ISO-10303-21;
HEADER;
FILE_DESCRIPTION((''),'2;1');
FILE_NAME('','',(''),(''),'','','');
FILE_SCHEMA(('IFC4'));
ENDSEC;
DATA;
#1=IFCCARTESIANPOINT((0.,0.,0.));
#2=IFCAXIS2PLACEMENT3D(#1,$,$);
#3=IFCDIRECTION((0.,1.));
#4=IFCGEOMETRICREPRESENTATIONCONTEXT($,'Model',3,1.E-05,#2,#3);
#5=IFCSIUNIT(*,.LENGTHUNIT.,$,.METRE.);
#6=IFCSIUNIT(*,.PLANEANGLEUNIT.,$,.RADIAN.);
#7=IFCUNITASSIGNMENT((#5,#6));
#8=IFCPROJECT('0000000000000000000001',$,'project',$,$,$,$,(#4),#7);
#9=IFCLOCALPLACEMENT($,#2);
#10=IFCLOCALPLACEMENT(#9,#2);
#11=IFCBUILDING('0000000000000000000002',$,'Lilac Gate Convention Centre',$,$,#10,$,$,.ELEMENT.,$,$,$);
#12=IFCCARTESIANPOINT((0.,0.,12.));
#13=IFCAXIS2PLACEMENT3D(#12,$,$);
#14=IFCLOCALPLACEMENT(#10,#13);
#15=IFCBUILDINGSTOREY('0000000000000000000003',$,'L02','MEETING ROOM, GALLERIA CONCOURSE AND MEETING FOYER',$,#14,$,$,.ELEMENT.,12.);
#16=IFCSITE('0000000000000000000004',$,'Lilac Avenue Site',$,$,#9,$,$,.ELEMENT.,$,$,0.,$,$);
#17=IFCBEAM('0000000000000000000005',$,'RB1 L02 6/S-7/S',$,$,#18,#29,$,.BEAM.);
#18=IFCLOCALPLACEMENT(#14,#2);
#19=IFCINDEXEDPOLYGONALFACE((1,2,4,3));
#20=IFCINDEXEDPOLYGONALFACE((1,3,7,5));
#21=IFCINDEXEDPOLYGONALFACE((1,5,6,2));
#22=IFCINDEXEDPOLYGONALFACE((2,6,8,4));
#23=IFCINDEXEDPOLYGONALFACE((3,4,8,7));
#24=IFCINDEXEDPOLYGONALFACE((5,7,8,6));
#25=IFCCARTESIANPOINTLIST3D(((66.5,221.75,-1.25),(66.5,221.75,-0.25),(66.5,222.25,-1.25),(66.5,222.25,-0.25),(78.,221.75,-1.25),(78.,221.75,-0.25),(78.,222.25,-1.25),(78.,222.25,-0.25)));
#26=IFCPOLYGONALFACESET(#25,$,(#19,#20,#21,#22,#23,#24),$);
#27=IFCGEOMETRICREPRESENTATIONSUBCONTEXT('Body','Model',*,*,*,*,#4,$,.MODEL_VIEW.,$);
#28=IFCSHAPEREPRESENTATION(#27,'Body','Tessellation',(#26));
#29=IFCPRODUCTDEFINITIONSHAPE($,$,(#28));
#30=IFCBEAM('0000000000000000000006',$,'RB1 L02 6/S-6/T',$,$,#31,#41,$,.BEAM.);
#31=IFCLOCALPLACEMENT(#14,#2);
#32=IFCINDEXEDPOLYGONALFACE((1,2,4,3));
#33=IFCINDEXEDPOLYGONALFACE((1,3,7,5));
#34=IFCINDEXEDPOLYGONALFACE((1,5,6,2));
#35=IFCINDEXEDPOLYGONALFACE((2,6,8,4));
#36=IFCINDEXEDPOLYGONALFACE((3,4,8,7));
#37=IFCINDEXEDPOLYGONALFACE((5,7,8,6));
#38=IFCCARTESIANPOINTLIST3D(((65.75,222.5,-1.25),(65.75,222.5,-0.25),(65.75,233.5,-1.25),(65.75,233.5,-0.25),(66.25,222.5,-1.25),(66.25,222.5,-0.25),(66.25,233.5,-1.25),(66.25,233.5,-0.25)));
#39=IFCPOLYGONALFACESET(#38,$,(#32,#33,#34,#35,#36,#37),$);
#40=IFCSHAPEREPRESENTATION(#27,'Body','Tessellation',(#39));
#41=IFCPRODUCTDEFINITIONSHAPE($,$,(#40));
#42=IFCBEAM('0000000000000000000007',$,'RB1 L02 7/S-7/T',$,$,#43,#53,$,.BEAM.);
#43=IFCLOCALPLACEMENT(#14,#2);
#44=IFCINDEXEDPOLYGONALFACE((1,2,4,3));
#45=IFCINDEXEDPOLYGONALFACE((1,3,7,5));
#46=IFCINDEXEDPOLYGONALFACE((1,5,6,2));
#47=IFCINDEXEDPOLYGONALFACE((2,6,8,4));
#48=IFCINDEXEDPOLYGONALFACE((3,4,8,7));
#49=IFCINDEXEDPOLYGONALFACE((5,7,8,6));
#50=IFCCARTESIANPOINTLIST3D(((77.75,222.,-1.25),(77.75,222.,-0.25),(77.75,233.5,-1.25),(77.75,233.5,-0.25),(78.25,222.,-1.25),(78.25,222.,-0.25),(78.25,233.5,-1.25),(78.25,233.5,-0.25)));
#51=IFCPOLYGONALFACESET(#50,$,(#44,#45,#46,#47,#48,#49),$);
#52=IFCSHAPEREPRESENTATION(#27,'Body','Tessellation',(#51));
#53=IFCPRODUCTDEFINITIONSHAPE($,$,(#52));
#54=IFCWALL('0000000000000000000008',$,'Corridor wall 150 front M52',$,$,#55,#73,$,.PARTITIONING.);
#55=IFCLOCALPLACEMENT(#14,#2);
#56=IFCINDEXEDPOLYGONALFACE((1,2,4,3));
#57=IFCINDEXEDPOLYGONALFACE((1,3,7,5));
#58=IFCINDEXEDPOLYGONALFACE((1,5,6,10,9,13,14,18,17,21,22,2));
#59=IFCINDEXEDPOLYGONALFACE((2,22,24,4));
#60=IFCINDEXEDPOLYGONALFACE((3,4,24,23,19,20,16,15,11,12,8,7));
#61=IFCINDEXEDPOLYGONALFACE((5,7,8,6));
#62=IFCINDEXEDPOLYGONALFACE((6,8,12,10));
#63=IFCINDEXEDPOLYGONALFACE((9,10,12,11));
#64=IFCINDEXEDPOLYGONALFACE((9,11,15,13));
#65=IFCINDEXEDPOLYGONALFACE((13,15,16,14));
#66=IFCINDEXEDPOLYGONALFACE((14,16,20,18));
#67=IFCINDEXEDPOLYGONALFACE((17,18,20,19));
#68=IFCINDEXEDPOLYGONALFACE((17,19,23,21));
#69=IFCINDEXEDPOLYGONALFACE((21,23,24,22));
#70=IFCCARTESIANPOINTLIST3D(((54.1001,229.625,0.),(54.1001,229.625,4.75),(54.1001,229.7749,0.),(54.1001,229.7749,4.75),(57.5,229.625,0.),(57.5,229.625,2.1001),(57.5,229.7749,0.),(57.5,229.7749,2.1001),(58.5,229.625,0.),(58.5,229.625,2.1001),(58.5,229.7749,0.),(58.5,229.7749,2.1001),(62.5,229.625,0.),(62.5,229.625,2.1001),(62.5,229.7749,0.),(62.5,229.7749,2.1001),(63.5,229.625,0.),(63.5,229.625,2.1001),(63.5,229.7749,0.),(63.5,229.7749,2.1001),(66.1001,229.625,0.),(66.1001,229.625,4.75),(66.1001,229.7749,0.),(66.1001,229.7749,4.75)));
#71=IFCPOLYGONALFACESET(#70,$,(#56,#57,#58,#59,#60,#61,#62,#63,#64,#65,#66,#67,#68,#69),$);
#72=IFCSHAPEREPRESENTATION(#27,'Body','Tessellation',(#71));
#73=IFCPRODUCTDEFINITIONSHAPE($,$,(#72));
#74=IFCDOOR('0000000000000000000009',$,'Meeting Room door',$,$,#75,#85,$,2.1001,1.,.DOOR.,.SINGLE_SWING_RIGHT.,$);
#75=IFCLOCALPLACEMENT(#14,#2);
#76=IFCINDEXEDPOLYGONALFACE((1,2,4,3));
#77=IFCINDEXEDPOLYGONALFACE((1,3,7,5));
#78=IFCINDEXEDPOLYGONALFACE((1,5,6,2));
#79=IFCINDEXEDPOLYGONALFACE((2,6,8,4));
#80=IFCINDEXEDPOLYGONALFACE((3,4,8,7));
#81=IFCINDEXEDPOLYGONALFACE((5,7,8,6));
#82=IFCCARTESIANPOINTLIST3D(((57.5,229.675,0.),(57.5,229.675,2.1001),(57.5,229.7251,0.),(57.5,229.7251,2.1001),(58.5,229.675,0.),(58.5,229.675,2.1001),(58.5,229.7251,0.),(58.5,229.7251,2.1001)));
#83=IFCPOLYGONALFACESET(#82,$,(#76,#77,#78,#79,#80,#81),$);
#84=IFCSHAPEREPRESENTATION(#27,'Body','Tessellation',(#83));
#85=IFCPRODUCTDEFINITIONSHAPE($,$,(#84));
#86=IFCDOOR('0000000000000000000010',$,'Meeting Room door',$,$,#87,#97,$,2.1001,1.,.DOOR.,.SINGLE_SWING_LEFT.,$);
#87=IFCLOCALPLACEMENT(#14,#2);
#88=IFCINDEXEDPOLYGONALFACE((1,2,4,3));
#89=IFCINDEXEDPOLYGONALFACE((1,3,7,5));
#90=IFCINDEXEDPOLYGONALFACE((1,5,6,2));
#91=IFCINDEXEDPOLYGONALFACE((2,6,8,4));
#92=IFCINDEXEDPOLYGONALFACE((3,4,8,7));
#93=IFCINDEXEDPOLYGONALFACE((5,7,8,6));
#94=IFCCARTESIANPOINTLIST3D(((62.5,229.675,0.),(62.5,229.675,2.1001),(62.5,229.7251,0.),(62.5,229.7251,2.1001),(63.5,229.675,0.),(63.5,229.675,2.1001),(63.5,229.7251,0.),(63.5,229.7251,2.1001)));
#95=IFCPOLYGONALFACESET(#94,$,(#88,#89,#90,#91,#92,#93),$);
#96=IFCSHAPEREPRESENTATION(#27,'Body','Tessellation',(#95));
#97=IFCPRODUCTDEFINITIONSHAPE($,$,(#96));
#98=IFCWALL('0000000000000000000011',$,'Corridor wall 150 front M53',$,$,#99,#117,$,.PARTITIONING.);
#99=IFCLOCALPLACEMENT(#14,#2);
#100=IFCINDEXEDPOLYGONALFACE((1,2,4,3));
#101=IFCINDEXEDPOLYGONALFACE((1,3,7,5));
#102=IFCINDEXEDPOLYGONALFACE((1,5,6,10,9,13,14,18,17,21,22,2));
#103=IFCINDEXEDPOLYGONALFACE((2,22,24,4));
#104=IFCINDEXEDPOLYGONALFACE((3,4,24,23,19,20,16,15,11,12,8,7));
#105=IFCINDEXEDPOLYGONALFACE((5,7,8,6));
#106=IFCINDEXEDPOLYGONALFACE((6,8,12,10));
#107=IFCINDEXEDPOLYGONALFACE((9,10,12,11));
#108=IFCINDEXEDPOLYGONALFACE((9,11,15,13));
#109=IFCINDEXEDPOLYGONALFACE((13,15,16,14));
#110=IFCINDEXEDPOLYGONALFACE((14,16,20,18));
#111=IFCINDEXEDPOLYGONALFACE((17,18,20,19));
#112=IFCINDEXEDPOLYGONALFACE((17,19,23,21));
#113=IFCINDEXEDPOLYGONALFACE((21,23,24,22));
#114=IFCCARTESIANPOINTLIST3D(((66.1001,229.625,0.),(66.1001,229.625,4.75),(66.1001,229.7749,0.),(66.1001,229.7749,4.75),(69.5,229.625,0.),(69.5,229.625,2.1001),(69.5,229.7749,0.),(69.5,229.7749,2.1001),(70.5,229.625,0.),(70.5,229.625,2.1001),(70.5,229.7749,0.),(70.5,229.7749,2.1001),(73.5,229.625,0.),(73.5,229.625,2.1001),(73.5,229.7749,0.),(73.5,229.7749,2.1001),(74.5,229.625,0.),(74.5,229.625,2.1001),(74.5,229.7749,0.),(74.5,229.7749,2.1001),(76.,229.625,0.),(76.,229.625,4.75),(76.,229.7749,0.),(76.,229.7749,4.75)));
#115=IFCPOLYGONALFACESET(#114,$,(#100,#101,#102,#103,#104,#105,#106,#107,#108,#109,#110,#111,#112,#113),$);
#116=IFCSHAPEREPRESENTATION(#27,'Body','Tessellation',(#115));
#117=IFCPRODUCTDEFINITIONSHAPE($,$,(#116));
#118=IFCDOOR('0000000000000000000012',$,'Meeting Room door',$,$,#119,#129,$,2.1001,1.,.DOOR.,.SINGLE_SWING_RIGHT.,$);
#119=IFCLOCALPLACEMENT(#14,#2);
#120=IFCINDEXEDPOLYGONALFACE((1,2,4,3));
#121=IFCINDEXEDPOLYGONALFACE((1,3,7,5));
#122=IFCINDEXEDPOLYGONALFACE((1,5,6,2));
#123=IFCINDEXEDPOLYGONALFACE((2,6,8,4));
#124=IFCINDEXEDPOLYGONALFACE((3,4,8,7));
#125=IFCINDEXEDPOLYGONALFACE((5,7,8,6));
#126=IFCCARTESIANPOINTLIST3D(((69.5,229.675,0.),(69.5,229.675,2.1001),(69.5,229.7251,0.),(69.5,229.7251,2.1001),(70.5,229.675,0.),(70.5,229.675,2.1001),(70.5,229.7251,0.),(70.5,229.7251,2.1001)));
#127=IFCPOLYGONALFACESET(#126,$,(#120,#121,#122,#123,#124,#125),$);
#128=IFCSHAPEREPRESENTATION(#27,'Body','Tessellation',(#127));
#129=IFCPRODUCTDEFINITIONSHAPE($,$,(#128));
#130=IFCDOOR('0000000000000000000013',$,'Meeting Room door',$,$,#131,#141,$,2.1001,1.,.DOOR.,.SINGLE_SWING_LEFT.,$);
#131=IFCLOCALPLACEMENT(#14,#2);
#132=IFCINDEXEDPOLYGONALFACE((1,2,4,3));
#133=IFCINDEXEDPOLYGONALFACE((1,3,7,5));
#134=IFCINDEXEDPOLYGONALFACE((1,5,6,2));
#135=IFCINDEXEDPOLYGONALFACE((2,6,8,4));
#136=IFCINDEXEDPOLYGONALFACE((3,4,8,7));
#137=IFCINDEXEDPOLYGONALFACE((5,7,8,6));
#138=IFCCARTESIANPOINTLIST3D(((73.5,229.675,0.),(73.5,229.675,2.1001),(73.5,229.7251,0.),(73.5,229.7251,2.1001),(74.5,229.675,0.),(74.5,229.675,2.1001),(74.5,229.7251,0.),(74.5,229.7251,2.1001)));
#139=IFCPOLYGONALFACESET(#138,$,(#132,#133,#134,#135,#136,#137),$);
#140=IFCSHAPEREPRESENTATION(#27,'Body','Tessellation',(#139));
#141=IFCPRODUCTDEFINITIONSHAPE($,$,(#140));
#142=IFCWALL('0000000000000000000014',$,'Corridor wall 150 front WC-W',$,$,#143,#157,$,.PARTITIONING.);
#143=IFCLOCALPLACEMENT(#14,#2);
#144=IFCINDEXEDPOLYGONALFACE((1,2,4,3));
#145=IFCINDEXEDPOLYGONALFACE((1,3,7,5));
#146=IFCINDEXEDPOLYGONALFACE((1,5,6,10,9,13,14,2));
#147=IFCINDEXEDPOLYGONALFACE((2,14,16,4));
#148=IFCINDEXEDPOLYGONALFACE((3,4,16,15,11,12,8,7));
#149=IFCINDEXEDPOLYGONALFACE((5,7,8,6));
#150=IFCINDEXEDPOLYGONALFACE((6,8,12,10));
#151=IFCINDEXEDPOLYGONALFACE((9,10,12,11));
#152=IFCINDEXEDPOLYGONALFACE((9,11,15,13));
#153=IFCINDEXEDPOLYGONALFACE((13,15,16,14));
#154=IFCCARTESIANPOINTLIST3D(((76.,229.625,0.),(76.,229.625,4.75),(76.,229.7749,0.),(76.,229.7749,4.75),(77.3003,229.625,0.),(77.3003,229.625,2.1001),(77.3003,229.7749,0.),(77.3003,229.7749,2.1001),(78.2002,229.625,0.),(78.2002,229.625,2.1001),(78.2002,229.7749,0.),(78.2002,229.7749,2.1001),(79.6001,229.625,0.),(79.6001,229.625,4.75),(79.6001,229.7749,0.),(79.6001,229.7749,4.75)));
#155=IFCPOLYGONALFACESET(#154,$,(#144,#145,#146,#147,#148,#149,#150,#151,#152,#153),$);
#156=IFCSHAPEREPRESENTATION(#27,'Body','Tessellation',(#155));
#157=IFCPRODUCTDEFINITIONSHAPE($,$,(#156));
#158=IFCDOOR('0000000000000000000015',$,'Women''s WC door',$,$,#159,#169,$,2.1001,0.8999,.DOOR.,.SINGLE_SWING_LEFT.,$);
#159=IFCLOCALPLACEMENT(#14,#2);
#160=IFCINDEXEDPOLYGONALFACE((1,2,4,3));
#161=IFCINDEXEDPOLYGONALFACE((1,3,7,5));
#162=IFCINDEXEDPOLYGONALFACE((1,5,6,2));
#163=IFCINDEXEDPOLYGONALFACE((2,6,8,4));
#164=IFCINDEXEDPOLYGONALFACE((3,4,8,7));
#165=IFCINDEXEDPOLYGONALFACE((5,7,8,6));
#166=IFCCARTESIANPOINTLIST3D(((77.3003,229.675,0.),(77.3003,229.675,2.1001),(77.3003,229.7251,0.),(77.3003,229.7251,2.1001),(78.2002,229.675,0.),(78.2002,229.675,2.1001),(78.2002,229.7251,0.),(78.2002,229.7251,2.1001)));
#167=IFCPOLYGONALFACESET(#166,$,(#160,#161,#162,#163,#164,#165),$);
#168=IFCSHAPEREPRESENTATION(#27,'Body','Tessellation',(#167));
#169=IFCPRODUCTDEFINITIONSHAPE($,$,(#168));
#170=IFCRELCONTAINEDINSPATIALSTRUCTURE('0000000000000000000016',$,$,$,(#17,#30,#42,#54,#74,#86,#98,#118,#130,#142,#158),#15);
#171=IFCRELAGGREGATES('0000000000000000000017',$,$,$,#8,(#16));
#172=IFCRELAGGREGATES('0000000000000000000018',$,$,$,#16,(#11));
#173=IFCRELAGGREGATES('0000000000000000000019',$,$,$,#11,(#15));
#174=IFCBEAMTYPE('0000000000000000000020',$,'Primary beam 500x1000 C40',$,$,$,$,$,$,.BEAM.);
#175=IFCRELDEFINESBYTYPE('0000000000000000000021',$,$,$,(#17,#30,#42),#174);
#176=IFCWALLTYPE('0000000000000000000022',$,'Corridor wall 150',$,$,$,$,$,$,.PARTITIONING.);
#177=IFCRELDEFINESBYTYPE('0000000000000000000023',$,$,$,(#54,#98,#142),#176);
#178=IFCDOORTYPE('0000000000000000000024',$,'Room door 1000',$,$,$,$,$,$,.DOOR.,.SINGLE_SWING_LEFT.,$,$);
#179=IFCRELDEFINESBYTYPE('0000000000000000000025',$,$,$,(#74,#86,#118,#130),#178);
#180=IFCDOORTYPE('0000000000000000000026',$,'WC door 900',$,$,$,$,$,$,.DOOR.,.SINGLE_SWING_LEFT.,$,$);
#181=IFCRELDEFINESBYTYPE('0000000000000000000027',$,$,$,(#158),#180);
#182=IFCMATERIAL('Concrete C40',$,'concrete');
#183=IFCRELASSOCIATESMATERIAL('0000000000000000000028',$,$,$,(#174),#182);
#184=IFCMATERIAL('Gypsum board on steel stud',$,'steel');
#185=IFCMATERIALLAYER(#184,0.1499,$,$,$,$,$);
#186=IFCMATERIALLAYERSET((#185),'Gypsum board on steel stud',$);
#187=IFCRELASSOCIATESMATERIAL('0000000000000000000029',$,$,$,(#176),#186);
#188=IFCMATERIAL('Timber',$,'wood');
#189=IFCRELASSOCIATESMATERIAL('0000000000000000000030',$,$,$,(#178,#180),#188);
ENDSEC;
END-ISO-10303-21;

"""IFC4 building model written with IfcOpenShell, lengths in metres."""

from ifc_helpers import new_model, si_unit, direction, frame, frame_2d, origin, origin_2d, place, context, subcontext, project, spatial, rectangle, extrude, material, layer, layer_set, material_profile, profile_set, type_object, element, fill, save


model = new_model("IFC4")

# Units and contexts
model_context = context("Model", 3, precision=1e-05, world=origin(), true_north=direction((0.0, 1.0)))
body_context = subcontext(model_context, "Body", "Model", "MODEL_VIEW")
ifc_project = project(units=[si_unit("LENGTHUNIT", "METRE"), si_unit("PLANEANGLEUNIT", "RADIAN")], contexts=[model_context])

# Site, building, storey
site_placement = place(None, origin())
site = spatial("IfcSite", under=ifc_project, at=site_placement, Name="Lilac Avenue Site", CompositionType="ELEMENT", RefElevation=0.0)
building_placement = place(site_placement, origin())
building = spatial("IfcBuilding", under=site, at=building_placement, Name="Lilac Gate Convention Centre", CompositionType="ELEMENT")
storey_placement = place(building_placement, frame((0.0, 0.0, 12.0)))
storey = spatial("IfcBuildingStorey", under=building, at=storey_placement, Name="L02", Description="MEETING ROOM, GALLERIA CONCOURSE AND MEETING FOYER", CompositionType="ELEMENT", Elevation=12.0)

# Beams
ifc_material_1 = material(Name="Concrete C40", Category="concrete")
ifc_material_profile = material_profile(ifc_material_1, rectangle(XDim=0.5, YDim=1.0, at=origin_2d()), Name="RC 500x1000")
ifc_profile_set = profile_set([ifc_material_profile], Name="Concrete C40")
beam_type = type_object("IfcBeamType", Name="Primary beam 500x1000 C40", PredefinedType="BEAM", material=ifc_profile_set)
beam_1_placement = place(storey_placement, frame((66.5, 222.0, -0.75), z_axis=(1.0, 0.0, 0.0), x_axis=(0.0, 1.0, 0.0)))
element("IfcBeam", 1, at=beam_1_placement, inside=storey, type_object=beam_type, Name="RB1 L02 6/S-7/S", PredefinedType="BEAM", context=body_context, shape_type="SweptSolid", body=[
    extrude(rectangle(XDim=0.5, YDim=1.0, at=origin_2d()), origin(), (0.0, 0.0, 1.0), 11.5),
])
beam_2_placement = place(storey_placement, frame((66.0, 222.5, -0.75), z_axis=(0.0, 1.0, 0.0), x_axis=(-1.0, 0.0, 0.0)))
element("IfcBeam", 2, at=beam_2_placement, inside=storey, type_object=beam_type, Name="RB1 L02 6/S-6/T", PredefinedType="BEAM", context=body_context, shape_type="SweptSolid", body=[
    extrude(rectangle(XDim=0.5, YDim=1.0, at=origin_2d()), origin(), (0.0, 0.0, 1.0), 11.0),
])
beam_3_placement = place(storey_placement, frame((78.0, 222.0, -0.75), z_axis=(0.0, 1.0, 0.0), x_axis=(-1.0, 0.0, 0.0)))
element("IfcBeam", 3, at=beam_3_placement, inside=storey, type_object=beam_type, Name="RB1 L02 7/S-7/T", PredefinedType="BEAM", context=body_context, shape_type="SweptSolid", body=[
    extrude(rectangle(XDim=0.5, YDim=1.0, at=origin_2d()), origin(), (0.0, 0.0, 1.0), 11.5),
])

# Walls, openings, doors
ifc_material_2 = material(Name="Gypsum board on steel stud", Category="steel")
ifc_layer_1 = layer(ifc_material_2, 0.1499)
ifc_layer_set_1 = layer_set([ifc_layer_1], Name="Gypsum board on steel stud")
wall_type_1 = type_object("IfcWallType", Name="Corridor wall 150", PredefinedType="PARTITIONING", material=ifc_layer_set_1)
wall_1_placement = place(storey_placement, frame((66.1001, 229.7, 0.0), z_axis=(0.0, 0.0, 1.0), x_axis=(-1.0, 0.0, 0.0)))
wall_1 = element("IfcWall", 4, at=wall_1_placement, inside=storey, type_object=wall_type_1, Name="Corridor wall 150 front M52", PredefinedType="PARTITIONING", context=body_context, shape_type="SweptSolid", body=[
    extrude(rectangle(XDim=12.0, YDim=0.1499, at=frame_2d((6.0, 0.0))), origin(), (0.0, 0.0, 1.0), 4.75),
])
opening_1_placement = place(wall_1_placement, frame((7.6001, 0.0, 0.0)))
opening_1 = element("IfcOpeningElement", 5, at=opening_1_placement, cuts=wall_1, PredefinedType="OPENING", context=body_context, shape_type="SweptSolid", body=[
    extrude(rectangle(XDim=1.0, YDim=2.1001, at=frame_2d((0.5, 1.05))), frame((0.0, 0.085, 0.0), z_axis=(0.0, -1.0, 0.0), x_axis=(1.0, 0.0, 0.0)), (0.0, 0.0, 1.0), 0.1699),
])
opening_2_placement = place(wall_1_placement, frame((2.6001, 0.0, 0.0)))
opening_2 = element("IfcOpeningElement", 6, at=opening_2_placement, cuts=wall_1, PredefinedType="OPENING", context=body_context, shape_type="SweptSolid", body=[
    extrude(rectangle(XDim=1.0, YDim=2.1001, at=frame_2d((0.5, 1.05))), frame((0.0, 0.085, 0.0), z_axis=(0.0, -1.0, 0.0), x_axis=(1.0, 0.0, 0.0)), (0.0, 0.0, 1.0), 0.1699),
])
ifc_material_3 = material(Name="Timber", Category="wood")
door_type_1 = type_object("IfcDoorType", Name="Room door 1000", OperationType="SINGLE_SWING_LEFT", PredefinedType="DOOR", material=ifc_material_3)
door_1_placement = place(opening_1_placement, origin())
door_1 = element("IfcDoor", 7, at=door_1_placement, inside=storey, type_object=door_type_1, Name="Meeting Room door", OperationType="SINGLE_SWING_RIGHT", OverallHeight=2.1001, OverallWidth=1.0, PredefinedType="DOOR", context=body_context, shape_type="SweptSolid", body=[
    extrude(rectangle(XDim=1.0, YDim=2.1001, at=frame_2d((0.5, 1.05))), frame((0.0, 0.0249, 0.0), z_axis=(0.0, -1.0, 0.0), x_axis=(1.0, 0.0, 0.0)), (0.0, 0.0, 1.0), 0.05),
])
fill(opening_1, door_1)
door_2_placement = place(opening_2_placement, origin())
door_2 = element("IfcDoor", 8, at=door_2_placement, inside=storey, type_object=door_type_1, Name="Meeting Room door", OperationType="SINGLE_SWING_LEFT", OverallHeight=2.1001, OverallWidth=1.0, PredefinedType="DOOR", context=body_context, shape_type="SweptSolid", body=[
    extrude(rectangle(XDim=1.0, YDim=2.1001, at=frame_2d((0.5, 1.05))), frame((0.0, 0.0249, 0.0), z_axis=(0.0, -1.0, 0.0), x_axis=(1.0, 0.0, 0.0)), (0.0, 0.0, 1.0), 0.05),
])
fill(opening_2, door_2)
wall_2_placement = place(storey_placement, frame((76.0, 229.7, 0.0), z_axis=(0.0, 0.0, 1.0), x_axis=(-1.0, 0.0, 0.0)))
wall_2 = element("IfcWall", 9, at=wall_2_placement, inside=storey, type_object=wall_type_1, Name="Corridor wall 150 front M53", PredefinedType="PARTITIONING", context=body_context, shape_type="SweptSolid", body=[
    extrude(rectangle(XDim=9.8999, YDim=0.1499, at=frame_2d((4.95, 0.0))), origin(), (0.0, 0.0, 1.0), 4.75),
])
opening_3_placement = place(wall_2_placement, frame((5.5, 0.0, 0.0)))
opening_3 = element("IfcOpeningElement", 10, at=opening_3_placement, cuts=wall_2, PredefinedType="OPENING", context=body_context, shape_type="SweptSolid", body=[
    extrude(rectangle(XDim=1.0, YDim=2.1001, at=frame_2d((0.5, 1.05))), frame((0.0, 0.085, 0.0), z_axis=(0.0, -1.0, 0.0), x_axis=(1.0, 0.0, 0.0)), (0.0, 0.0, 1.0), 0.1699),
])
opening_4_placement = place(wall_2_placement, frame((1.5, 0.0, 0.0)))
opening_4 = element("IfcOpeningElement", 11, at=opening_4_placement, cuts=wall_2, PredefinedType="OPENING", context=body_context, shape_type="SweptSolid", body=[
    extrude(rectangle(XDim=1.0, YDim=2.1001, at=frame_2d((0.5, 1.05))), frame((0.0, 0.085, 0.0), z_axis=(0.0, -1.0, 0.0), x_axis=(1.0, 0.0, 0.0)), (0.0, 0.0, 1.0), 0.1699),
])
door_3_placement = place(opening_3_placement, origin())
door_3 = element("IfcDoor", 12, at=door_3_placement, inside=storey, type_object=door_type_1, Name="Meeting Room door", OperationType="SINGLE_SWING_RIGHT", OverallHeight=2.1001, OverallWidth=1.0, PredefinedType="DOOR", context=body_context, shape_type="SweptSolid", body=[
    extrude(rectangle(XDim=1.0, YDim=2.1001, at=frame_2d((0.5, 1.05))), frame((0.0, 0.0249, 0.0), z_axis=(0.0, -1.0, 0.0), x_axis=(1.0, 0.0, 0.0)), (0.0, 0.0, 1.0), 0.05),
])
fill(opening_3, door_3)
door_4_placement = place(opening_4_placement, origin())
door_4 = element("IfcDoor", 13, at=door_4_placement, inside=storey, type_object=door_type_1, Name="Meeting Room door", OperationType="SINGLE_SWING_LEFT", OverallHeight=2.1001, OverallWidth=1.0, PredefinedType="DOOR", context=body_context, shape_type="SweptSolid", body=[
    extrude(rectangle(XDim=1.0, YDim=2.1001, at=frame_2d((0.5, 1.05))), frame((0.0, 0.0249, 0.0), z_axis=(0.0, -1.0, 0.0), x_axis=(1.0, 0.0, 0.0)), (0.0, 0.0, 1.0), 0.05),
])
fill(opening_4, door_4)

# Wall, opening, door
wall_3_placement = place(storey_placement, frame((79.6001, 229.7, 0.0), z_axis=(0.0, 0.0, 1.0), x_axis=(-1.0, 0.0, 0.0)))
wall_3 = element("IfcWall", 14, at=wall_3_placement, inside=storey, type_object=wall_type_1, Name="Corridor wall 150 front WC-W", PredefinedType="PARTITIONING", context=body_context, shape_type="SweptSolid", body=[
    extrude(rectangle(XDim=3.6001, YDim=0.1499, at=frame_2d((1.8, 0.0))), origin(), (0.0, 0.0, 1.0), 4.75),
])
opening_5_placement = place(wall_3_placement, frame((1.3999, 0.0, 0.0)))
opening_5 = element("IfcOpeningElement", 15, at=opening_5_placement, cuts=wall_3, PredefinedType="OPENING", context=body_context, shape_type="SweptSolid", body=[
    extrude(rectangle(XDim=0.8999, YDim=2.1001, at=frame_2d((0.45, 1.05))), frame((0.0, 0.085, 0.0), z_axis=(0.0, -1.0, 0.0), x_axis=(1.0, 0.0, 0.0)), (0.0, 0.0, 1.0), 0.1699),
])
door_type_2 = type_object("IfcDoorType", Name="WC door 900", OperationType="SINGLE_SWING_LEFT", PredefinedType="DOOR", material=ifc_material_3)
door_5_placement = place(opening_5_placement, origin())
door_5 = element("IfcDoor", 16, at=door_5_placement, inside=storey, type_object=door_type_2, Name="Women's WC door", OperationType="SINGLE_SWING_LEFT", OverallHeight=2.1001, OverallWidth=0.8999, PredefinedType="DOOR", context=body_context, shape_type="SweptSolid", body=[
    extrude(rectangle(XDim=0.8999, YDim=2.1001, at=frame_2d((0.45, 1.05))), frame((0.0, 0.0249, 0.0), z_axis=(0.0, -1.0, 0.0), x_axis=(1.0, 0.0, 0.0)), (0.0, 0.0, 1.0), 0.05),
])
fill(opening_5, door_5)

save(model, "model.ifc")
